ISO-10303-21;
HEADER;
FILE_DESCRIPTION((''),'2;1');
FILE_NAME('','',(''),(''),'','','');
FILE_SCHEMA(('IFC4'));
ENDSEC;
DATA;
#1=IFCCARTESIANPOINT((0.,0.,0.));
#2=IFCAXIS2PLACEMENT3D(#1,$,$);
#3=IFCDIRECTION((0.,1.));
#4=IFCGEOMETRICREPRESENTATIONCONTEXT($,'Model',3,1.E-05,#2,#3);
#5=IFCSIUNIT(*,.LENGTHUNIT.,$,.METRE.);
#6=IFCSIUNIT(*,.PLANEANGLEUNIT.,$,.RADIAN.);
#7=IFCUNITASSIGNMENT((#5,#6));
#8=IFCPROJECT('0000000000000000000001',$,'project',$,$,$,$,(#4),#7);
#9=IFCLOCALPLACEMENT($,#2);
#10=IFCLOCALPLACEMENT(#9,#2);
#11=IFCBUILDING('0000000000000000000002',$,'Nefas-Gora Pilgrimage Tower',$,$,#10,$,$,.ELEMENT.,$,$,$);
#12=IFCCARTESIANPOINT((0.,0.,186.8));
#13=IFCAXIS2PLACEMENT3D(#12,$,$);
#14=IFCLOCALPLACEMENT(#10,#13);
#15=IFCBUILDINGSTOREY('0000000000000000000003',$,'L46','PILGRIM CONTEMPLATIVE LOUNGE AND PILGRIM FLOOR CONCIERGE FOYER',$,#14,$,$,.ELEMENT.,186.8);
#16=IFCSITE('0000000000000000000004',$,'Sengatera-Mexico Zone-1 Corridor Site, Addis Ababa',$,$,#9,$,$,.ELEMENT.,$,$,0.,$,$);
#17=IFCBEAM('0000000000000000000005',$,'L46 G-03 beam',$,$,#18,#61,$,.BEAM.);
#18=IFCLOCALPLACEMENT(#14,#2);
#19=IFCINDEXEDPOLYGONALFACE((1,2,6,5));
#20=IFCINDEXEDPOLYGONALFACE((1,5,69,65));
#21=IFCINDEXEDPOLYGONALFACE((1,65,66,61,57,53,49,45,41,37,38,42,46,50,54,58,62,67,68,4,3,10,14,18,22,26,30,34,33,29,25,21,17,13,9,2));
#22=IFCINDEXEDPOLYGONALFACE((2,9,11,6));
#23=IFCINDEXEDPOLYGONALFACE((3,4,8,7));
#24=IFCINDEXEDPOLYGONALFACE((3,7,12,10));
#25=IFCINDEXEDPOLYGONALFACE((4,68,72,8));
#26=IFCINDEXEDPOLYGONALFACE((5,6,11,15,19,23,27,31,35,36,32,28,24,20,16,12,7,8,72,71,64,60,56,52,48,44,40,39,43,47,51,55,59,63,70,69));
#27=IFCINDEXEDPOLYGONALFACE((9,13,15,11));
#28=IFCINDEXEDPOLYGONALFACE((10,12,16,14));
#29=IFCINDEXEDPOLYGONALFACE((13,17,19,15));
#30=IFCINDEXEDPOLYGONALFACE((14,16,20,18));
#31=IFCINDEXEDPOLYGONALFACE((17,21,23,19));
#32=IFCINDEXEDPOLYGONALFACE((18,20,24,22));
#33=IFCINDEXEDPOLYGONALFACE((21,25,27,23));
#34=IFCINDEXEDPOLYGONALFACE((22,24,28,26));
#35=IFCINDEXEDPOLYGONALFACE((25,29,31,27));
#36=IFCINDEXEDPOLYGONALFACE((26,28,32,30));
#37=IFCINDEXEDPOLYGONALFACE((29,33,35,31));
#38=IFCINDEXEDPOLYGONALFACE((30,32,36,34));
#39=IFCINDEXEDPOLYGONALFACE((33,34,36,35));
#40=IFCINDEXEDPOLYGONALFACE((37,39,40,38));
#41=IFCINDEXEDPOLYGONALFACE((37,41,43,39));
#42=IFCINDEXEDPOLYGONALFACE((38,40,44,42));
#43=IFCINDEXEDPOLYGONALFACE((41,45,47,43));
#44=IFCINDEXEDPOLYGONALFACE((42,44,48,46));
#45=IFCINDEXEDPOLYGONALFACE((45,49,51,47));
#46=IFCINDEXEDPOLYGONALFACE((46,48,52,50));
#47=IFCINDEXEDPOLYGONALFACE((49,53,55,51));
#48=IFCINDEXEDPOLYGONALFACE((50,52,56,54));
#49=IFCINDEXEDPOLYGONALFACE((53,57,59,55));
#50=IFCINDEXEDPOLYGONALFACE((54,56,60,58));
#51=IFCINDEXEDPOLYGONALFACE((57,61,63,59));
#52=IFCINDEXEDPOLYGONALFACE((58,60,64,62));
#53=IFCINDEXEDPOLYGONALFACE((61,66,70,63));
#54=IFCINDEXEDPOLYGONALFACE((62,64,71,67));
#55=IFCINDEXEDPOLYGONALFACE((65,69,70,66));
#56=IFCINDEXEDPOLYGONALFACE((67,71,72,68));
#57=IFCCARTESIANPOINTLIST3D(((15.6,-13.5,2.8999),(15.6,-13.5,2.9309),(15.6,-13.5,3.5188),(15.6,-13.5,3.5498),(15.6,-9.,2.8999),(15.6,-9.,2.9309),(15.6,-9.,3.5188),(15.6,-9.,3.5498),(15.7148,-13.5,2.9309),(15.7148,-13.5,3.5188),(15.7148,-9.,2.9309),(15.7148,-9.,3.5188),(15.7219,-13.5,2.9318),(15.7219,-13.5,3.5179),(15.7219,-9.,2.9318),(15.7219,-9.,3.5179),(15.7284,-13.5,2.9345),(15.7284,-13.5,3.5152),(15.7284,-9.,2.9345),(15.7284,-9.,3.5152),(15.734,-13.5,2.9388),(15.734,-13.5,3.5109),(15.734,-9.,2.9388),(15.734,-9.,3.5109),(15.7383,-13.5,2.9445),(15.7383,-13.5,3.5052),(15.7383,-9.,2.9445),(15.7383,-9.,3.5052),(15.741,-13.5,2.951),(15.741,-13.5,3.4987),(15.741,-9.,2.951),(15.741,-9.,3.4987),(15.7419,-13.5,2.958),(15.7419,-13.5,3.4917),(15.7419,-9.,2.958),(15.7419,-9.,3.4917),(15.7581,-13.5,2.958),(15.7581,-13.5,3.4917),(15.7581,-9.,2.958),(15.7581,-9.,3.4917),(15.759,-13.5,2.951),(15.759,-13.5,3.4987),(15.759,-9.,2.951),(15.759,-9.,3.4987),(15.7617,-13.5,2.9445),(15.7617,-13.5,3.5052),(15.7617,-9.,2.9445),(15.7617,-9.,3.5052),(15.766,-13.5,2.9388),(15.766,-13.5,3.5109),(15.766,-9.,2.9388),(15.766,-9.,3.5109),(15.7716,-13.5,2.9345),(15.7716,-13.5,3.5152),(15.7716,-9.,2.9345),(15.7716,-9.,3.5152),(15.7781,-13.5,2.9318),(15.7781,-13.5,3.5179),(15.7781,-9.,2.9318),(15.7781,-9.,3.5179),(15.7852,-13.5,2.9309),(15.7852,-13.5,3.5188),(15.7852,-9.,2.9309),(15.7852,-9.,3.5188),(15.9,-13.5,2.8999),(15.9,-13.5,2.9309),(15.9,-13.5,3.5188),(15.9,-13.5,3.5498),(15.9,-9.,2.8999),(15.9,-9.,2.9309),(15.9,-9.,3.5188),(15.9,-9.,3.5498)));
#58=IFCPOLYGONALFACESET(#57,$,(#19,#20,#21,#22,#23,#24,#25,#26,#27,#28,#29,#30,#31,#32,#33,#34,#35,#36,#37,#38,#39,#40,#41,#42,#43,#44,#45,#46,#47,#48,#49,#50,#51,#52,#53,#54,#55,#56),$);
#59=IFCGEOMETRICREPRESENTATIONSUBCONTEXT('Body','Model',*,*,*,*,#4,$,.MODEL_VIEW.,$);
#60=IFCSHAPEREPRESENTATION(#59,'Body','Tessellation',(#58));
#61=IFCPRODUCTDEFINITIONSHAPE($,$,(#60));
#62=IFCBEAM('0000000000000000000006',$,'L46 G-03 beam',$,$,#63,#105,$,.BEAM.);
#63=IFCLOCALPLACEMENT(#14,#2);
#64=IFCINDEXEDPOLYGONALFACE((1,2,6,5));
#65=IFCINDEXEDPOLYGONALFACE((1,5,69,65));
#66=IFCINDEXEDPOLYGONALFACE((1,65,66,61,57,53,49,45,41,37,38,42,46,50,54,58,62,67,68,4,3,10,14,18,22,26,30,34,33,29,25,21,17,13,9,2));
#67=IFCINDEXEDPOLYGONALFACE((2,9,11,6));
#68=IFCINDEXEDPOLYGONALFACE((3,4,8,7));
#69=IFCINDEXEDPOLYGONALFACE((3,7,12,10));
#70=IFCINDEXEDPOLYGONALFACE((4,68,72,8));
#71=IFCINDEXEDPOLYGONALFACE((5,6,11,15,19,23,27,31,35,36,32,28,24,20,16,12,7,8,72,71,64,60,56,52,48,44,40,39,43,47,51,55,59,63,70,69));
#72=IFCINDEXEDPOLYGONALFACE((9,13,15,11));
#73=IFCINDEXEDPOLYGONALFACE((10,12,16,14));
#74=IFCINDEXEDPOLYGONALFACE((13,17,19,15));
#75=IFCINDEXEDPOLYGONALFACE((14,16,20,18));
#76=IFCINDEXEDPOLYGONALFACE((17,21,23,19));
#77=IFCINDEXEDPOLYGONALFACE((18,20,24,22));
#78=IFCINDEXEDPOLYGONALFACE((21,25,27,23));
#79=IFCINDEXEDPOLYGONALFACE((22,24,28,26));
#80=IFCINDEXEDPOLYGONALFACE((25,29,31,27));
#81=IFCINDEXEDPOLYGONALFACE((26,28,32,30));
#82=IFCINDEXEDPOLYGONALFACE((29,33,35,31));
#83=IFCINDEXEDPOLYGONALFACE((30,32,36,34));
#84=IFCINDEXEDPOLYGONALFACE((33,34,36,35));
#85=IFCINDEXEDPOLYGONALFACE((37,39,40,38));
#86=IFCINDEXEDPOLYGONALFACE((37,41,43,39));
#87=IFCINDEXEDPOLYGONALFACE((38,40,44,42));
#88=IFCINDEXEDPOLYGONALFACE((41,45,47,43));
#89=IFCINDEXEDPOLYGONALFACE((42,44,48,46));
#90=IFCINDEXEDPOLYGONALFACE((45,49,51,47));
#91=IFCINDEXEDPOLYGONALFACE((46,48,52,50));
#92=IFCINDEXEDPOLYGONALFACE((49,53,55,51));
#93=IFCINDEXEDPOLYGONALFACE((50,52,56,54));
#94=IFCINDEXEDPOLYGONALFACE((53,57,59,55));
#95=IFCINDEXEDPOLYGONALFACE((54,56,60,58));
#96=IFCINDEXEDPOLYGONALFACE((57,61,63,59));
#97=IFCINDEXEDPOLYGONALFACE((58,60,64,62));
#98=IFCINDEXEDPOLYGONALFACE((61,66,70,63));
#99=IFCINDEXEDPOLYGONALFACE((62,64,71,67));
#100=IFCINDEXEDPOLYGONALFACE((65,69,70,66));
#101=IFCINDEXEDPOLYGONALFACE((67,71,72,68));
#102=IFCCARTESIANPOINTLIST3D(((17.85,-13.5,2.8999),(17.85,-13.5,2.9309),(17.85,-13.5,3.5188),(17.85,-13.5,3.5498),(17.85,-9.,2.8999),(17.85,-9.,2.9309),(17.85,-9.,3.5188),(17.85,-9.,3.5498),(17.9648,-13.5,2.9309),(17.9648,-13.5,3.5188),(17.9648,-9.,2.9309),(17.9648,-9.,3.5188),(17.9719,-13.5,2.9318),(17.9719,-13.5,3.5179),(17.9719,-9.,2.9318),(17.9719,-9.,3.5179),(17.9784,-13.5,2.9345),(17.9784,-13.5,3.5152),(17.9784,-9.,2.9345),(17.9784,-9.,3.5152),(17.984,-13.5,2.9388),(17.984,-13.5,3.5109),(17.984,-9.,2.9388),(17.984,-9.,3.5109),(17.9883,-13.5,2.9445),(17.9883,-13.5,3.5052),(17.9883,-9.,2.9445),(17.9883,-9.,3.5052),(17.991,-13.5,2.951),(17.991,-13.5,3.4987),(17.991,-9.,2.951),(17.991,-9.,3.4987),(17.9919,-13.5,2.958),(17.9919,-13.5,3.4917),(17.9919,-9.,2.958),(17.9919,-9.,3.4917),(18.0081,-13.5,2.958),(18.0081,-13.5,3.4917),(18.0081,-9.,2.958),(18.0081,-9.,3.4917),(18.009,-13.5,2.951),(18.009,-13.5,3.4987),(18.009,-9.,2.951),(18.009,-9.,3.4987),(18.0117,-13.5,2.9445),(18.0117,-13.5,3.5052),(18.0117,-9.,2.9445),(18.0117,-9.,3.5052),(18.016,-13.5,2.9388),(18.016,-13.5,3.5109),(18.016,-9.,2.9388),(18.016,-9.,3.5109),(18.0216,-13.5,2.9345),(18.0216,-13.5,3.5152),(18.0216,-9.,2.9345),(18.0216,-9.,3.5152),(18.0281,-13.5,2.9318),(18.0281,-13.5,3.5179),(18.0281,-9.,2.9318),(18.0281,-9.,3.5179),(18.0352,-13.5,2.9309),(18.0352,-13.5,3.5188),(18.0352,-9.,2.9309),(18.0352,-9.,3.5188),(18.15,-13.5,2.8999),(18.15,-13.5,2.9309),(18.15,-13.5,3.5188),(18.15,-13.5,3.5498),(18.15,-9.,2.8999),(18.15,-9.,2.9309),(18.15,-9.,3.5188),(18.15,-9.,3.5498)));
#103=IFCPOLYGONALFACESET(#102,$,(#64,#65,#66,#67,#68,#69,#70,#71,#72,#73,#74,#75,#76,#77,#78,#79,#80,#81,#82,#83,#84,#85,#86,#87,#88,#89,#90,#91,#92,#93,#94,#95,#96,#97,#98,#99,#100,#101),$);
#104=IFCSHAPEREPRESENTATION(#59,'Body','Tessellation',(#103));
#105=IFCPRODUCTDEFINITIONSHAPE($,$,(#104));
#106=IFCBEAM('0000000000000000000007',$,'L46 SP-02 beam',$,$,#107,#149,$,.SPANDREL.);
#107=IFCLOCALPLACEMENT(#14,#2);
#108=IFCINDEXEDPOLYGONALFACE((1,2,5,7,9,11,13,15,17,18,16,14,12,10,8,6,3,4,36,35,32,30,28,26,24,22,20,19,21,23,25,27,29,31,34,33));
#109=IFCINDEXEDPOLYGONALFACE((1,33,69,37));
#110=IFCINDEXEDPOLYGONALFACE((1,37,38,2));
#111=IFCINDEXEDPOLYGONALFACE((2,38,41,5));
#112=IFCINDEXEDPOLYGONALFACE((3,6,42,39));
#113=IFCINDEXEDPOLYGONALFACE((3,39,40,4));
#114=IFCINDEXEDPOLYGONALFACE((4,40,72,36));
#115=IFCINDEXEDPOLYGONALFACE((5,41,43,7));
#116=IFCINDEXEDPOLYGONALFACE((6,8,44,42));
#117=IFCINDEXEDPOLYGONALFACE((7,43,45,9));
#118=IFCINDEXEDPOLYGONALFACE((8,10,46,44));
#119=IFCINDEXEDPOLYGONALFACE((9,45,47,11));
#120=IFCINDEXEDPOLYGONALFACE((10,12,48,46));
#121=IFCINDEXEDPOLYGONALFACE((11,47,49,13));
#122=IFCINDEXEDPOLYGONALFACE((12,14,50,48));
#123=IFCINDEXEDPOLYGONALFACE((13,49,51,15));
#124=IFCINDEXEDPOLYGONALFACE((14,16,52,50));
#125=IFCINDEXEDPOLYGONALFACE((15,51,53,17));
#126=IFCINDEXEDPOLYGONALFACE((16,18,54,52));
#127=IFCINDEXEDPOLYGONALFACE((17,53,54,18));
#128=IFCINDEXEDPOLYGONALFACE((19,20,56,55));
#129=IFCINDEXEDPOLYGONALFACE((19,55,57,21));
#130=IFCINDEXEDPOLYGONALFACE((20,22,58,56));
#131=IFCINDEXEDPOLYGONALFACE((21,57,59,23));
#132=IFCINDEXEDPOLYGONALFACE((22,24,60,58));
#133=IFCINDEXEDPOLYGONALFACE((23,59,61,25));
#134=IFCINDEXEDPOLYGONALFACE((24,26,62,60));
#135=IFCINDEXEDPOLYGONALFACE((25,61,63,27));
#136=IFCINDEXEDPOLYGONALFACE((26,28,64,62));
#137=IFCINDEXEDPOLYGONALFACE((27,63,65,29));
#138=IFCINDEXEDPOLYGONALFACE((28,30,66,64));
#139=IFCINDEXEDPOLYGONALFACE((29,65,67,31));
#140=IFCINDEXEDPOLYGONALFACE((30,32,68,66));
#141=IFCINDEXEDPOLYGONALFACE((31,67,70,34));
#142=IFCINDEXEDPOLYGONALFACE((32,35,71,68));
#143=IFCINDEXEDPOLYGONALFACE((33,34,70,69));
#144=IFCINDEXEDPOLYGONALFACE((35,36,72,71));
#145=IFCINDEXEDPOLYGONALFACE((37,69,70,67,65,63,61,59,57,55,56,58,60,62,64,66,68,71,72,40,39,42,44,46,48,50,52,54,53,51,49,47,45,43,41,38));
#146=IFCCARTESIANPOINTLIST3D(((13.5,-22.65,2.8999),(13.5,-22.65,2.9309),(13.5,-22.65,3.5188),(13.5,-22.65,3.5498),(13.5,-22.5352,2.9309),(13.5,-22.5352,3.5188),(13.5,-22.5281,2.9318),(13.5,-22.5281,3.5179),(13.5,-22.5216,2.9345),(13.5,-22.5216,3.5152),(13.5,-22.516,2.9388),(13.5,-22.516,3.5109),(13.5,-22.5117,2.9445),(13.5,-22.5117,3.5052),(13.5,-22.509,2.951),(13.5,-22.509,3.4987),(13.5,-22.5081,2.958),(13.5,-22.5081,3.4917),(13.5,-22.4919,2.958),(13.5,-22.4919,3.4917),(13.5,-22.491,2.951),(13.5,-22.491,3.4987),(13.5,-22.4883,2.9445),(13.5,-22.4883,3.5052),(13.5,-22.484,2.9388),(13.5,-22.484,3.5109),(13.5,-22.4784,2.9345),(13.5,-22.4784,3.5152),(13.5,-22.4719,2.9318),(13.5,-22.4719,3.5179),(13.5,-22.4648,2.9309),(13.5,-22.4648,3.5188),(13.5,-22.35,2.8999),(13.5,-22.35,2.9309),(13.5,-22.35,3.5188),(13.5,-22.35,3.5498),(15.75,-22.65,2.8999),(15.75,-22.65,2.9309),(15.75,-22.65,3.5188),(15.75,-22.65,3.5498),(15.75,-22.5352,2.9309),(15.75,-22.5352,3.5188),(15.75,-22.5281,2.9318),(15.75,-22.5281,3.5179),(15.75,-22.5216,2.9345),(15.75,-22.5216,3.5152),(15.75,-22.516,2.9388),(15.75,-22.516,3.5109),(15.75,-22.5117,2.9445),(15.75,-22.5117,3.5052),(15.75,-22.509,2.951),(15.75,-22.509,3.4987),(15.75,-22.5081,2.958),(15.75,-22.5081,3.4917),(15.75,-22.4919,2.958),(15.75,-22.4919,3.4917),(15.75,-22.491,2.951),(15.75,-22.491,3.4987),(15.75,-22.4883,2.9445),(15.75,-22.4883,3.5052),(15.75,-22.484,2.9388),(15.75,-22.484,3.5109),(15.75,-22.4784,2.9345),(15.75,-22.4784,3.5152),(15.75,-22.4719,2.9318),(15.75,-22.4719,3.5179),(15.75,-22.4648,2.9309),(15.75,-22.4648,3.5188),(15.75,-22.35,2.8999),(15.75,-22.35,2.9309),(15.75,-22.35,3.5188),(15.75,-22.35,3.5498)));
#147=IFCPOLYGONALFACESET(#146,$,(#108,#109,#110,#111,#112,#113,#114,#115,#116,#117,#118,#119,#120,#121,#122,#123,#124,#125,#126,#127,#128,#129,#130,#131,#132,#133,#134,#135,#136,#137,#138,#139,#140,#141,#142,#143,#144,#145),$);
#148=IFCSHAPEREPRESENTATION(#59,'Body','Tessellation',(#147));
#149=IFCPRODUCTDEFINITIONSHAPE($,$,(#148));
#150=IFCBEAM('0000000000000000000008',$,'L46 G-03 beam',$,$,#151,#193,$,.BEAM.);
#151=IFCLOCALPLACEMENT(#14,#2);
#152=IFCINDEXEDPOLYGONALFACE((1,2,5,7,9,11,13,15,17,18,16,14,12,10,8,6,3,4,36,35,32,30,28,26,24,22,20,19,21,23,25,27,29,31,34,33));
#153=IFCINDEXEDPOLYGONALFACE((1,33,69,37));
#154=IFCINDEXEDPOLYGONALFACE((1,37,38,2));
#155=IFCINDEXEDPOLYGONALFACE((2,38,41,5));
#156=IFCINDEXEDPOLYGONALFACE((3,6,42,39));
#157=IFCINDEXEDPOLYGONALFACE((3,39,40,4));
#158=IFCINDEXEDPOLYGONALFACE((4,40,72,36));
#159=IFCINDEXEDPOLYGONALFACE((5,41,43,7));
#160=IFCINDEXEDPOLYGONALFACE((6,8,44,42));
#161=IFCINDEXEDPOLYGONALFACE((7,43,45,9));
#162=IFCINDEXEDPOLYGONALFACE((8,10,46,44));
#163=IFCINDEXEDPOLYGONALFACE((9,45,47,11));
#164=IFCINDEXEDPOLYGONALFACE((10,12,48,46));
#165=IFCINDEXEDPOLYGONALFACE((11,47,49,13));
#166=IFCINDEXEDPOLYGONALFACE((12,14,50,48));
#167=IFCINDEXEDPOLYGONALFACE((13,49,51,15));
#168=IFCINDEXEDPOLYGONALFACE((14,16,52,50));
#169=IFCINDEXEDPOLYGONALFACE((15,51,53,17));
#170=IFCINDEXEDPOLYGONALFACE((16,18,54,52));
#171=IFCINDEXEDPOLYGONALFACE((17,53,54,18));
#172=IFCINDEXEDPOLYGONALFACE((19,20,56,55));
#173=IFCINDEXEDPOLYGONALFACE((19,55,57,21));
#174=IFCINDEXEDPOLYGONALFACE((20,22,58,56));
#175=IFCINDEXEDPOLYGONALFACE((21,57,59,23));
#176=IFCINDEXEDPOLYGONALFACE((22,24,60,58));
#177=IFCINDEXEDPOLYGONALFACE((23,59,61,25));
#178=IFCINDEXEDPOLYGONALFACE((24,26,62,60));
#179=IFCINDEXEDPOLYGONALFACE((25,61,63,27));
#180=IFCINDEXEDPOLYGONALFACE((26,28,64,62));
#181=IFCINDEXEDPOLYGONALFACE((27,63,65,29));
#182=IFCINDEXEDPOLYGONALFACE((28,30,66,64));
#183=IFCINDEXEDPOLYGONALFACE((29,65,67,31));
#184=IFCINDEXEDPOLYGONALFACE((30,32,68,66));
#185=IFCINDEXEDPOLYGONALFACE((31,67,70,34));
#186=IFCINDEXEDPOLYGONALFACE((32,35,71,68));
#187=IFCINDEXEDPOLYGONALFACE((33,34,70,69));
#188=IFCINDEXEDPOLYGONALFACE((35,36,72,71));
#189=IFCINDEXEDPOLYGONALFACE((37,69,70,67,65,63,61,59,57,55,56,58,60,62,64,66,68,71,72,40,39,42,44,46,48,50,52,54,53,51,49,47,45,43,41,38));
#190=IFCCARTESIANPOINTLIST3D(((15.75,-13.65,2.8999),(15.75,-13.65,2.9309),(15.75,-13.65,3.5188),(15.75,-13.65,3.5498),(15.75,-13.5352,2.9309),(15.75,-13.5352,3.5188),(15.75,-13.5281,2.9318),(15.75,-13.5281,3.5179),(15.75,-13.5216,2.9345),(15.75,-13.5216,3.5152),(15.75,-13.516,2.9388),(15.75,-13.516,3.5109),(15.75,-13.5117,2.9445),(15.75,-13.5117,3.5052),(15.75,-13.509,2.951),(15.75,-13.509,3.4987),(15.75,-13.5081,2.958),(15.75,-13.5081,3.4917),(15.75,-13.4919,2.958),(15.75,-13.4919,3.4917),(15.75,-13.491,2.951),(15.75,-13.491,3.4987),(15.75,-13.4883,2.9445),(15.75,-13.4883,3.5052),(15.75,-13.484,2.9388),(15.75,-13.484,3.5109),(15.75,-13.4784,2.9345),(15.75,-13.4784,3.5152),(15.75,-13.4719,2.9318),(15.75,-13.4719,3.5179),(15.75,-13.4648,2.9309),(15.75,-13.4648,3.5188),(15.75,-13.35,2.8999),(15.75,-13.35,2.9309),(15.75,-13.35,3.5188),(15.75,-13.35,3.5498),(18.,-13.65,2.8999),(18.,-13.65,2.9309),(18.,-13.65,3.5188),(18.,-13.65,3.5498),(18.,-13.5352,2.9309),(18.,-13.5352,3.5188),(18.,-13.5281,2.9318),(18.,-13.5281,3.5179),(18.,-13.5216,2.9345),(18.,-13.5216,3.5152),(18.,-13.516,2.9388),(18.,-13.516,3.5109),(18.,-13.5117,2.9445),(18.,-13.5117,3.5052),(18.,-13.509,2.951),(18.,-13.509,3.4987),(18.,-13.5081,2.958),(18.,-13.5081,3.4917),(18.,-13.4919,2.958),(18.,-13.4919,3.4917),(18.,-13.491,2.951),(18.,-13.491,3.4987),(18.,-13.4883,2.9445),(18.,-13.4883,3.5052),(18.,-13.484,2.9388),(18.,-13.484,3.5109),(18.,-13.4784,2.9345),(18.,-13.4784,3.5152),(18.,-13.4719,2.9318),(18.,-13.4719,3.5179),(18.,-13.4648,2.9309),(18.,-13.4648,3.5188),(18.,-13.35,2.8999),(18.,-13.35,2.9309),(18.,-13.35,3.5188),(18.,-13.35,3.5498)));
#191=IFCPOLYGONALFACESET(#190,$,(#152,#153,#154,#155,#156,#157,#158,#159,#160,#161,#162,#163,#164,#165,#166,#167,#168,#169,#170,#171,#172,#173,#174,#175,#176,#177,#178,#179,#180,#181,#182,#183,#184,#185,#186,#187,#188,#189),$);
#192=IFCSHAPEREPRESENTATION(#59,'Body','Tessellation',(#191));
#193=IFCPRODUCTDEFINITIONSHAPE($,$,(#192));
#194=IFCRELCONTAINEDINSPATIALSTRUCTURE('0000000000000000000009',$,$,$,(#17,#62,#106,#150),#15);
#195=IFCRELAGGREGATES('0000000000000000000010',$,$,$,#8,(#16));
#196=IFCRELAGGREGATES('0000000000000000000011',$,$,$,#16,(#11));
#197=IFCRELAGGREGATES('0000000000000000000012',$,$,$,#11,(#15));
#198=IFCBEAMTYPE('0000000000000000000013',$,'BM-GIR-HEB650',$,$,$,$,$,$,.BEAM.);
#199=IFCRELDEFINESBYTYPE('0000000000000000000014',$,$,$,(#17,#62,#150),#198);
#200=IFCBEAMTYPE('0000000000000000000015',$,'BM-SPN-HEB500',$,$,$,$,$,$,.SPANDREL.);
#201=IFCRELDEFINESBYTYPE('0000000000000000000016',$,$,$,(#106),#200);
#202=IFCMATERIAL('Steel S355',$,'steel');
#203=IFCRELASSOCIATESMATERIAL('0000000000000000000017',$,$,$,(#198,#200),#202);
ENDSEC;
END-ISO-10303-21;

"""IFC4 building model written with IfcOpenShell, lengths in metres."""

from ifc_helpers import new_model, si_unit, direction, frame, origin, origin_2d, place, context, subcontext, project, spatial, i_section, extrude, source, transform, mapped, material, material_profile, profile_set, type_object, element, save


model = new_model("IFC4")

# Units and contexts
model_context = context("Model", 3, precision=1e-05, world=origin(), true_north=direction((0.0, 1.0)))
body_context = subcontext(model_context, "Body", "Model", "MODEL_VIEW")
ifc_project = project(units=[si_unit("LENGTHUNIT", "METRE"), si_unit("PLANEANGLEUNIT", "RADIAN")], contexts=[model_context])

# Site, building, storey
site_placement = place(None, origin())
site = spatial("IfcSite", under=ifc_project, at=site_placement, Name="Sengatera-Mexico Zone-1 Corridor Site, Addis Ababa", CompositionType="ELEMENT", RefElevation=0.0)
building_placement = place(site_placement, origin())
building = spatial("IfcBuilding", under=site, at=building_placement, Name="Nefas-Gora Pilgrimage Tower", CompositionType="ELEMENT")
storey_placement = place(building_placement, frame((0.0, 0.0, 186.8)))
storey = spatial("IfcBuildingStorey", under=building, at=storey_placement, Name="L46", Description="PILGRIM CONTEMPLATIVE LOUNGE AND PILGRIM FLOOR CONCIERGE FOYER", CompositionType="ELEMENT", Elevation=186.8)

# Beams
ifc_material_1 = material(Name="Steel S355", Category="steel")
ifc_material_profile_1 = material_profile(ifc_material_1, i_section(OverallWidth=0.3, OverallDepth=0.6499, WebThickness=0.0161, FlangeThickness=0.031, FilletRadius=0.0271, at=origin_2d()), Name="HEB 650")
ifc_profile_set_1 = profile_set([ifc_material_profile_1], Name="Steel S355")
beam_type_1 = type_object("IfcBeamType", Name="BM-GIR-HEB650", PredefinedType="BEAM", material=ifc_profile_set_1)
shared_shape_1 = source(origin(), body_context, "Body", "SweptSolid", [
    extrude(i_section(OverallWidth=0.3, OverallDepth=0.6499, WebThickness=0.0161, FlangeThickness=0.031, FilletRadius=0.0271, at=origin_2d()), origin(), (0.0, 0.0, 1.0), 4.5),
])
for number, where, z_axis, x_axis, name in (
    (1, (15.75, -13.5, 3.2249), (0.0, 1.0, 0.0), (-1.0, 0.0, 0.0), "L46 G-03 beam"),
    (2, (18.0, -13.5, 3.2249), (0.0, 1.0, 0.0), (-1.0, 0.0, 0.0), "L46 G-03 beam"),
):
    element("IfcBeam", number, at=place(storey_placement, frame(where, z_axis=z_axis, x_axis=x_axis)), inside=storey, type_object=beam_type_1, Name=name, PredefinedType="BEAM", context=body_context, shape_type="MappedRepresentation", body=[
        mapped(shared_shape_1, transform((0.0, 0.0, 0.0), x_axis=(1.0, 0.0, 0.0), y_axis=(0.0, 1.0, 0.0), z_axis=(0.0, 0.0, 1.0), scale=1.0)),
    ])
ifc_material_profile_2 = material_profile(ifc_material_1, i_section(OverallWidth=0.3, OverallDepth=0.6499, WebThickness=0.0161, FlangeThickness=0.031, FilletRadius=0.0271, at=origin_2d()), Name="HEB 650")
ifc_profile_set_2 = profile_set([ifc_material_profile_2], Name="Steel S355")
beam_type_2 = type_object("IfcBeamType", Name="BM-SPN-HEB500", PredefinedType="SPANDREL", material=ifc_profile_set_2)
shared_shape_2 = source(origin(), body_context, "Body", "SweptSolid", [
    extrude(i_section(OverallWidth=0.3, OverallDepth=0.6499, WebThickness=0.0161, FlangeThickness=0.031, FilletRadius=0.0271, at=origin_2d()), origin(), (0.0, 0.0, 1.0), 2.25),
])
beam_1_placement = place(storey_placement, frame((13.5, -22.5, 3.2249), z_axis=(1.0, 0.0, 0.0), x_axis=(0.0, 1.0, 0.0)))
element("IfcBeam", 3, at=beam_1_placement, inside=storey, type_object=beam_type_2, Name="L46 SP-02 beam", PredefinedType="SPANDREL", context=body_context, shape_type="MappedRepresentation", body=[
    mapped(shared_shape_2, transform((0.0, 0.0, 0.0), x_axis=(1.0, 0.0, 0.0), y_axis=(0.0, 1.0, 0.0), z_axis=(0.0, 0.0, 1.0), scale=1.0)),
])
shared_shape_3 = source(origin(), body_context, "Body", "SweptSolid", [
    extrude(i_section(OverallWidth=0.3, OverallDepth=0.6499, WebThickness=0.0161, FlangeThickness=0.031, FilletRadius=0.0271, at=origin_2d()), origin(), (0.0, 0.0, 1.0), 2.25),
])
beam_2_placement = place(storey_placement, frame((15.75, -13.5, 3.2249), z_axis=(1.0, 0.0, 0.0), x_axis=(0.0, 1.0, 0.0)))
element("IfcBeam", 4, at=beam_2_placement, inside=storey, type_object=beam_type_1, Name="L46 G-03 beam", PredefinedType="BEAM", context=body_context, shape_type="MappedRepresentation", body=[
    mapped(shared_shape_3, transform((0.0, 0.0, 0.0), x_axis=(1.0, 0.0, 0.0), y_axis=(0.0, 1.0, 0.0), z_axis=(0.0, 0.0, 1.0), scale=1.0)),
])

save(model, "model.ifc")
